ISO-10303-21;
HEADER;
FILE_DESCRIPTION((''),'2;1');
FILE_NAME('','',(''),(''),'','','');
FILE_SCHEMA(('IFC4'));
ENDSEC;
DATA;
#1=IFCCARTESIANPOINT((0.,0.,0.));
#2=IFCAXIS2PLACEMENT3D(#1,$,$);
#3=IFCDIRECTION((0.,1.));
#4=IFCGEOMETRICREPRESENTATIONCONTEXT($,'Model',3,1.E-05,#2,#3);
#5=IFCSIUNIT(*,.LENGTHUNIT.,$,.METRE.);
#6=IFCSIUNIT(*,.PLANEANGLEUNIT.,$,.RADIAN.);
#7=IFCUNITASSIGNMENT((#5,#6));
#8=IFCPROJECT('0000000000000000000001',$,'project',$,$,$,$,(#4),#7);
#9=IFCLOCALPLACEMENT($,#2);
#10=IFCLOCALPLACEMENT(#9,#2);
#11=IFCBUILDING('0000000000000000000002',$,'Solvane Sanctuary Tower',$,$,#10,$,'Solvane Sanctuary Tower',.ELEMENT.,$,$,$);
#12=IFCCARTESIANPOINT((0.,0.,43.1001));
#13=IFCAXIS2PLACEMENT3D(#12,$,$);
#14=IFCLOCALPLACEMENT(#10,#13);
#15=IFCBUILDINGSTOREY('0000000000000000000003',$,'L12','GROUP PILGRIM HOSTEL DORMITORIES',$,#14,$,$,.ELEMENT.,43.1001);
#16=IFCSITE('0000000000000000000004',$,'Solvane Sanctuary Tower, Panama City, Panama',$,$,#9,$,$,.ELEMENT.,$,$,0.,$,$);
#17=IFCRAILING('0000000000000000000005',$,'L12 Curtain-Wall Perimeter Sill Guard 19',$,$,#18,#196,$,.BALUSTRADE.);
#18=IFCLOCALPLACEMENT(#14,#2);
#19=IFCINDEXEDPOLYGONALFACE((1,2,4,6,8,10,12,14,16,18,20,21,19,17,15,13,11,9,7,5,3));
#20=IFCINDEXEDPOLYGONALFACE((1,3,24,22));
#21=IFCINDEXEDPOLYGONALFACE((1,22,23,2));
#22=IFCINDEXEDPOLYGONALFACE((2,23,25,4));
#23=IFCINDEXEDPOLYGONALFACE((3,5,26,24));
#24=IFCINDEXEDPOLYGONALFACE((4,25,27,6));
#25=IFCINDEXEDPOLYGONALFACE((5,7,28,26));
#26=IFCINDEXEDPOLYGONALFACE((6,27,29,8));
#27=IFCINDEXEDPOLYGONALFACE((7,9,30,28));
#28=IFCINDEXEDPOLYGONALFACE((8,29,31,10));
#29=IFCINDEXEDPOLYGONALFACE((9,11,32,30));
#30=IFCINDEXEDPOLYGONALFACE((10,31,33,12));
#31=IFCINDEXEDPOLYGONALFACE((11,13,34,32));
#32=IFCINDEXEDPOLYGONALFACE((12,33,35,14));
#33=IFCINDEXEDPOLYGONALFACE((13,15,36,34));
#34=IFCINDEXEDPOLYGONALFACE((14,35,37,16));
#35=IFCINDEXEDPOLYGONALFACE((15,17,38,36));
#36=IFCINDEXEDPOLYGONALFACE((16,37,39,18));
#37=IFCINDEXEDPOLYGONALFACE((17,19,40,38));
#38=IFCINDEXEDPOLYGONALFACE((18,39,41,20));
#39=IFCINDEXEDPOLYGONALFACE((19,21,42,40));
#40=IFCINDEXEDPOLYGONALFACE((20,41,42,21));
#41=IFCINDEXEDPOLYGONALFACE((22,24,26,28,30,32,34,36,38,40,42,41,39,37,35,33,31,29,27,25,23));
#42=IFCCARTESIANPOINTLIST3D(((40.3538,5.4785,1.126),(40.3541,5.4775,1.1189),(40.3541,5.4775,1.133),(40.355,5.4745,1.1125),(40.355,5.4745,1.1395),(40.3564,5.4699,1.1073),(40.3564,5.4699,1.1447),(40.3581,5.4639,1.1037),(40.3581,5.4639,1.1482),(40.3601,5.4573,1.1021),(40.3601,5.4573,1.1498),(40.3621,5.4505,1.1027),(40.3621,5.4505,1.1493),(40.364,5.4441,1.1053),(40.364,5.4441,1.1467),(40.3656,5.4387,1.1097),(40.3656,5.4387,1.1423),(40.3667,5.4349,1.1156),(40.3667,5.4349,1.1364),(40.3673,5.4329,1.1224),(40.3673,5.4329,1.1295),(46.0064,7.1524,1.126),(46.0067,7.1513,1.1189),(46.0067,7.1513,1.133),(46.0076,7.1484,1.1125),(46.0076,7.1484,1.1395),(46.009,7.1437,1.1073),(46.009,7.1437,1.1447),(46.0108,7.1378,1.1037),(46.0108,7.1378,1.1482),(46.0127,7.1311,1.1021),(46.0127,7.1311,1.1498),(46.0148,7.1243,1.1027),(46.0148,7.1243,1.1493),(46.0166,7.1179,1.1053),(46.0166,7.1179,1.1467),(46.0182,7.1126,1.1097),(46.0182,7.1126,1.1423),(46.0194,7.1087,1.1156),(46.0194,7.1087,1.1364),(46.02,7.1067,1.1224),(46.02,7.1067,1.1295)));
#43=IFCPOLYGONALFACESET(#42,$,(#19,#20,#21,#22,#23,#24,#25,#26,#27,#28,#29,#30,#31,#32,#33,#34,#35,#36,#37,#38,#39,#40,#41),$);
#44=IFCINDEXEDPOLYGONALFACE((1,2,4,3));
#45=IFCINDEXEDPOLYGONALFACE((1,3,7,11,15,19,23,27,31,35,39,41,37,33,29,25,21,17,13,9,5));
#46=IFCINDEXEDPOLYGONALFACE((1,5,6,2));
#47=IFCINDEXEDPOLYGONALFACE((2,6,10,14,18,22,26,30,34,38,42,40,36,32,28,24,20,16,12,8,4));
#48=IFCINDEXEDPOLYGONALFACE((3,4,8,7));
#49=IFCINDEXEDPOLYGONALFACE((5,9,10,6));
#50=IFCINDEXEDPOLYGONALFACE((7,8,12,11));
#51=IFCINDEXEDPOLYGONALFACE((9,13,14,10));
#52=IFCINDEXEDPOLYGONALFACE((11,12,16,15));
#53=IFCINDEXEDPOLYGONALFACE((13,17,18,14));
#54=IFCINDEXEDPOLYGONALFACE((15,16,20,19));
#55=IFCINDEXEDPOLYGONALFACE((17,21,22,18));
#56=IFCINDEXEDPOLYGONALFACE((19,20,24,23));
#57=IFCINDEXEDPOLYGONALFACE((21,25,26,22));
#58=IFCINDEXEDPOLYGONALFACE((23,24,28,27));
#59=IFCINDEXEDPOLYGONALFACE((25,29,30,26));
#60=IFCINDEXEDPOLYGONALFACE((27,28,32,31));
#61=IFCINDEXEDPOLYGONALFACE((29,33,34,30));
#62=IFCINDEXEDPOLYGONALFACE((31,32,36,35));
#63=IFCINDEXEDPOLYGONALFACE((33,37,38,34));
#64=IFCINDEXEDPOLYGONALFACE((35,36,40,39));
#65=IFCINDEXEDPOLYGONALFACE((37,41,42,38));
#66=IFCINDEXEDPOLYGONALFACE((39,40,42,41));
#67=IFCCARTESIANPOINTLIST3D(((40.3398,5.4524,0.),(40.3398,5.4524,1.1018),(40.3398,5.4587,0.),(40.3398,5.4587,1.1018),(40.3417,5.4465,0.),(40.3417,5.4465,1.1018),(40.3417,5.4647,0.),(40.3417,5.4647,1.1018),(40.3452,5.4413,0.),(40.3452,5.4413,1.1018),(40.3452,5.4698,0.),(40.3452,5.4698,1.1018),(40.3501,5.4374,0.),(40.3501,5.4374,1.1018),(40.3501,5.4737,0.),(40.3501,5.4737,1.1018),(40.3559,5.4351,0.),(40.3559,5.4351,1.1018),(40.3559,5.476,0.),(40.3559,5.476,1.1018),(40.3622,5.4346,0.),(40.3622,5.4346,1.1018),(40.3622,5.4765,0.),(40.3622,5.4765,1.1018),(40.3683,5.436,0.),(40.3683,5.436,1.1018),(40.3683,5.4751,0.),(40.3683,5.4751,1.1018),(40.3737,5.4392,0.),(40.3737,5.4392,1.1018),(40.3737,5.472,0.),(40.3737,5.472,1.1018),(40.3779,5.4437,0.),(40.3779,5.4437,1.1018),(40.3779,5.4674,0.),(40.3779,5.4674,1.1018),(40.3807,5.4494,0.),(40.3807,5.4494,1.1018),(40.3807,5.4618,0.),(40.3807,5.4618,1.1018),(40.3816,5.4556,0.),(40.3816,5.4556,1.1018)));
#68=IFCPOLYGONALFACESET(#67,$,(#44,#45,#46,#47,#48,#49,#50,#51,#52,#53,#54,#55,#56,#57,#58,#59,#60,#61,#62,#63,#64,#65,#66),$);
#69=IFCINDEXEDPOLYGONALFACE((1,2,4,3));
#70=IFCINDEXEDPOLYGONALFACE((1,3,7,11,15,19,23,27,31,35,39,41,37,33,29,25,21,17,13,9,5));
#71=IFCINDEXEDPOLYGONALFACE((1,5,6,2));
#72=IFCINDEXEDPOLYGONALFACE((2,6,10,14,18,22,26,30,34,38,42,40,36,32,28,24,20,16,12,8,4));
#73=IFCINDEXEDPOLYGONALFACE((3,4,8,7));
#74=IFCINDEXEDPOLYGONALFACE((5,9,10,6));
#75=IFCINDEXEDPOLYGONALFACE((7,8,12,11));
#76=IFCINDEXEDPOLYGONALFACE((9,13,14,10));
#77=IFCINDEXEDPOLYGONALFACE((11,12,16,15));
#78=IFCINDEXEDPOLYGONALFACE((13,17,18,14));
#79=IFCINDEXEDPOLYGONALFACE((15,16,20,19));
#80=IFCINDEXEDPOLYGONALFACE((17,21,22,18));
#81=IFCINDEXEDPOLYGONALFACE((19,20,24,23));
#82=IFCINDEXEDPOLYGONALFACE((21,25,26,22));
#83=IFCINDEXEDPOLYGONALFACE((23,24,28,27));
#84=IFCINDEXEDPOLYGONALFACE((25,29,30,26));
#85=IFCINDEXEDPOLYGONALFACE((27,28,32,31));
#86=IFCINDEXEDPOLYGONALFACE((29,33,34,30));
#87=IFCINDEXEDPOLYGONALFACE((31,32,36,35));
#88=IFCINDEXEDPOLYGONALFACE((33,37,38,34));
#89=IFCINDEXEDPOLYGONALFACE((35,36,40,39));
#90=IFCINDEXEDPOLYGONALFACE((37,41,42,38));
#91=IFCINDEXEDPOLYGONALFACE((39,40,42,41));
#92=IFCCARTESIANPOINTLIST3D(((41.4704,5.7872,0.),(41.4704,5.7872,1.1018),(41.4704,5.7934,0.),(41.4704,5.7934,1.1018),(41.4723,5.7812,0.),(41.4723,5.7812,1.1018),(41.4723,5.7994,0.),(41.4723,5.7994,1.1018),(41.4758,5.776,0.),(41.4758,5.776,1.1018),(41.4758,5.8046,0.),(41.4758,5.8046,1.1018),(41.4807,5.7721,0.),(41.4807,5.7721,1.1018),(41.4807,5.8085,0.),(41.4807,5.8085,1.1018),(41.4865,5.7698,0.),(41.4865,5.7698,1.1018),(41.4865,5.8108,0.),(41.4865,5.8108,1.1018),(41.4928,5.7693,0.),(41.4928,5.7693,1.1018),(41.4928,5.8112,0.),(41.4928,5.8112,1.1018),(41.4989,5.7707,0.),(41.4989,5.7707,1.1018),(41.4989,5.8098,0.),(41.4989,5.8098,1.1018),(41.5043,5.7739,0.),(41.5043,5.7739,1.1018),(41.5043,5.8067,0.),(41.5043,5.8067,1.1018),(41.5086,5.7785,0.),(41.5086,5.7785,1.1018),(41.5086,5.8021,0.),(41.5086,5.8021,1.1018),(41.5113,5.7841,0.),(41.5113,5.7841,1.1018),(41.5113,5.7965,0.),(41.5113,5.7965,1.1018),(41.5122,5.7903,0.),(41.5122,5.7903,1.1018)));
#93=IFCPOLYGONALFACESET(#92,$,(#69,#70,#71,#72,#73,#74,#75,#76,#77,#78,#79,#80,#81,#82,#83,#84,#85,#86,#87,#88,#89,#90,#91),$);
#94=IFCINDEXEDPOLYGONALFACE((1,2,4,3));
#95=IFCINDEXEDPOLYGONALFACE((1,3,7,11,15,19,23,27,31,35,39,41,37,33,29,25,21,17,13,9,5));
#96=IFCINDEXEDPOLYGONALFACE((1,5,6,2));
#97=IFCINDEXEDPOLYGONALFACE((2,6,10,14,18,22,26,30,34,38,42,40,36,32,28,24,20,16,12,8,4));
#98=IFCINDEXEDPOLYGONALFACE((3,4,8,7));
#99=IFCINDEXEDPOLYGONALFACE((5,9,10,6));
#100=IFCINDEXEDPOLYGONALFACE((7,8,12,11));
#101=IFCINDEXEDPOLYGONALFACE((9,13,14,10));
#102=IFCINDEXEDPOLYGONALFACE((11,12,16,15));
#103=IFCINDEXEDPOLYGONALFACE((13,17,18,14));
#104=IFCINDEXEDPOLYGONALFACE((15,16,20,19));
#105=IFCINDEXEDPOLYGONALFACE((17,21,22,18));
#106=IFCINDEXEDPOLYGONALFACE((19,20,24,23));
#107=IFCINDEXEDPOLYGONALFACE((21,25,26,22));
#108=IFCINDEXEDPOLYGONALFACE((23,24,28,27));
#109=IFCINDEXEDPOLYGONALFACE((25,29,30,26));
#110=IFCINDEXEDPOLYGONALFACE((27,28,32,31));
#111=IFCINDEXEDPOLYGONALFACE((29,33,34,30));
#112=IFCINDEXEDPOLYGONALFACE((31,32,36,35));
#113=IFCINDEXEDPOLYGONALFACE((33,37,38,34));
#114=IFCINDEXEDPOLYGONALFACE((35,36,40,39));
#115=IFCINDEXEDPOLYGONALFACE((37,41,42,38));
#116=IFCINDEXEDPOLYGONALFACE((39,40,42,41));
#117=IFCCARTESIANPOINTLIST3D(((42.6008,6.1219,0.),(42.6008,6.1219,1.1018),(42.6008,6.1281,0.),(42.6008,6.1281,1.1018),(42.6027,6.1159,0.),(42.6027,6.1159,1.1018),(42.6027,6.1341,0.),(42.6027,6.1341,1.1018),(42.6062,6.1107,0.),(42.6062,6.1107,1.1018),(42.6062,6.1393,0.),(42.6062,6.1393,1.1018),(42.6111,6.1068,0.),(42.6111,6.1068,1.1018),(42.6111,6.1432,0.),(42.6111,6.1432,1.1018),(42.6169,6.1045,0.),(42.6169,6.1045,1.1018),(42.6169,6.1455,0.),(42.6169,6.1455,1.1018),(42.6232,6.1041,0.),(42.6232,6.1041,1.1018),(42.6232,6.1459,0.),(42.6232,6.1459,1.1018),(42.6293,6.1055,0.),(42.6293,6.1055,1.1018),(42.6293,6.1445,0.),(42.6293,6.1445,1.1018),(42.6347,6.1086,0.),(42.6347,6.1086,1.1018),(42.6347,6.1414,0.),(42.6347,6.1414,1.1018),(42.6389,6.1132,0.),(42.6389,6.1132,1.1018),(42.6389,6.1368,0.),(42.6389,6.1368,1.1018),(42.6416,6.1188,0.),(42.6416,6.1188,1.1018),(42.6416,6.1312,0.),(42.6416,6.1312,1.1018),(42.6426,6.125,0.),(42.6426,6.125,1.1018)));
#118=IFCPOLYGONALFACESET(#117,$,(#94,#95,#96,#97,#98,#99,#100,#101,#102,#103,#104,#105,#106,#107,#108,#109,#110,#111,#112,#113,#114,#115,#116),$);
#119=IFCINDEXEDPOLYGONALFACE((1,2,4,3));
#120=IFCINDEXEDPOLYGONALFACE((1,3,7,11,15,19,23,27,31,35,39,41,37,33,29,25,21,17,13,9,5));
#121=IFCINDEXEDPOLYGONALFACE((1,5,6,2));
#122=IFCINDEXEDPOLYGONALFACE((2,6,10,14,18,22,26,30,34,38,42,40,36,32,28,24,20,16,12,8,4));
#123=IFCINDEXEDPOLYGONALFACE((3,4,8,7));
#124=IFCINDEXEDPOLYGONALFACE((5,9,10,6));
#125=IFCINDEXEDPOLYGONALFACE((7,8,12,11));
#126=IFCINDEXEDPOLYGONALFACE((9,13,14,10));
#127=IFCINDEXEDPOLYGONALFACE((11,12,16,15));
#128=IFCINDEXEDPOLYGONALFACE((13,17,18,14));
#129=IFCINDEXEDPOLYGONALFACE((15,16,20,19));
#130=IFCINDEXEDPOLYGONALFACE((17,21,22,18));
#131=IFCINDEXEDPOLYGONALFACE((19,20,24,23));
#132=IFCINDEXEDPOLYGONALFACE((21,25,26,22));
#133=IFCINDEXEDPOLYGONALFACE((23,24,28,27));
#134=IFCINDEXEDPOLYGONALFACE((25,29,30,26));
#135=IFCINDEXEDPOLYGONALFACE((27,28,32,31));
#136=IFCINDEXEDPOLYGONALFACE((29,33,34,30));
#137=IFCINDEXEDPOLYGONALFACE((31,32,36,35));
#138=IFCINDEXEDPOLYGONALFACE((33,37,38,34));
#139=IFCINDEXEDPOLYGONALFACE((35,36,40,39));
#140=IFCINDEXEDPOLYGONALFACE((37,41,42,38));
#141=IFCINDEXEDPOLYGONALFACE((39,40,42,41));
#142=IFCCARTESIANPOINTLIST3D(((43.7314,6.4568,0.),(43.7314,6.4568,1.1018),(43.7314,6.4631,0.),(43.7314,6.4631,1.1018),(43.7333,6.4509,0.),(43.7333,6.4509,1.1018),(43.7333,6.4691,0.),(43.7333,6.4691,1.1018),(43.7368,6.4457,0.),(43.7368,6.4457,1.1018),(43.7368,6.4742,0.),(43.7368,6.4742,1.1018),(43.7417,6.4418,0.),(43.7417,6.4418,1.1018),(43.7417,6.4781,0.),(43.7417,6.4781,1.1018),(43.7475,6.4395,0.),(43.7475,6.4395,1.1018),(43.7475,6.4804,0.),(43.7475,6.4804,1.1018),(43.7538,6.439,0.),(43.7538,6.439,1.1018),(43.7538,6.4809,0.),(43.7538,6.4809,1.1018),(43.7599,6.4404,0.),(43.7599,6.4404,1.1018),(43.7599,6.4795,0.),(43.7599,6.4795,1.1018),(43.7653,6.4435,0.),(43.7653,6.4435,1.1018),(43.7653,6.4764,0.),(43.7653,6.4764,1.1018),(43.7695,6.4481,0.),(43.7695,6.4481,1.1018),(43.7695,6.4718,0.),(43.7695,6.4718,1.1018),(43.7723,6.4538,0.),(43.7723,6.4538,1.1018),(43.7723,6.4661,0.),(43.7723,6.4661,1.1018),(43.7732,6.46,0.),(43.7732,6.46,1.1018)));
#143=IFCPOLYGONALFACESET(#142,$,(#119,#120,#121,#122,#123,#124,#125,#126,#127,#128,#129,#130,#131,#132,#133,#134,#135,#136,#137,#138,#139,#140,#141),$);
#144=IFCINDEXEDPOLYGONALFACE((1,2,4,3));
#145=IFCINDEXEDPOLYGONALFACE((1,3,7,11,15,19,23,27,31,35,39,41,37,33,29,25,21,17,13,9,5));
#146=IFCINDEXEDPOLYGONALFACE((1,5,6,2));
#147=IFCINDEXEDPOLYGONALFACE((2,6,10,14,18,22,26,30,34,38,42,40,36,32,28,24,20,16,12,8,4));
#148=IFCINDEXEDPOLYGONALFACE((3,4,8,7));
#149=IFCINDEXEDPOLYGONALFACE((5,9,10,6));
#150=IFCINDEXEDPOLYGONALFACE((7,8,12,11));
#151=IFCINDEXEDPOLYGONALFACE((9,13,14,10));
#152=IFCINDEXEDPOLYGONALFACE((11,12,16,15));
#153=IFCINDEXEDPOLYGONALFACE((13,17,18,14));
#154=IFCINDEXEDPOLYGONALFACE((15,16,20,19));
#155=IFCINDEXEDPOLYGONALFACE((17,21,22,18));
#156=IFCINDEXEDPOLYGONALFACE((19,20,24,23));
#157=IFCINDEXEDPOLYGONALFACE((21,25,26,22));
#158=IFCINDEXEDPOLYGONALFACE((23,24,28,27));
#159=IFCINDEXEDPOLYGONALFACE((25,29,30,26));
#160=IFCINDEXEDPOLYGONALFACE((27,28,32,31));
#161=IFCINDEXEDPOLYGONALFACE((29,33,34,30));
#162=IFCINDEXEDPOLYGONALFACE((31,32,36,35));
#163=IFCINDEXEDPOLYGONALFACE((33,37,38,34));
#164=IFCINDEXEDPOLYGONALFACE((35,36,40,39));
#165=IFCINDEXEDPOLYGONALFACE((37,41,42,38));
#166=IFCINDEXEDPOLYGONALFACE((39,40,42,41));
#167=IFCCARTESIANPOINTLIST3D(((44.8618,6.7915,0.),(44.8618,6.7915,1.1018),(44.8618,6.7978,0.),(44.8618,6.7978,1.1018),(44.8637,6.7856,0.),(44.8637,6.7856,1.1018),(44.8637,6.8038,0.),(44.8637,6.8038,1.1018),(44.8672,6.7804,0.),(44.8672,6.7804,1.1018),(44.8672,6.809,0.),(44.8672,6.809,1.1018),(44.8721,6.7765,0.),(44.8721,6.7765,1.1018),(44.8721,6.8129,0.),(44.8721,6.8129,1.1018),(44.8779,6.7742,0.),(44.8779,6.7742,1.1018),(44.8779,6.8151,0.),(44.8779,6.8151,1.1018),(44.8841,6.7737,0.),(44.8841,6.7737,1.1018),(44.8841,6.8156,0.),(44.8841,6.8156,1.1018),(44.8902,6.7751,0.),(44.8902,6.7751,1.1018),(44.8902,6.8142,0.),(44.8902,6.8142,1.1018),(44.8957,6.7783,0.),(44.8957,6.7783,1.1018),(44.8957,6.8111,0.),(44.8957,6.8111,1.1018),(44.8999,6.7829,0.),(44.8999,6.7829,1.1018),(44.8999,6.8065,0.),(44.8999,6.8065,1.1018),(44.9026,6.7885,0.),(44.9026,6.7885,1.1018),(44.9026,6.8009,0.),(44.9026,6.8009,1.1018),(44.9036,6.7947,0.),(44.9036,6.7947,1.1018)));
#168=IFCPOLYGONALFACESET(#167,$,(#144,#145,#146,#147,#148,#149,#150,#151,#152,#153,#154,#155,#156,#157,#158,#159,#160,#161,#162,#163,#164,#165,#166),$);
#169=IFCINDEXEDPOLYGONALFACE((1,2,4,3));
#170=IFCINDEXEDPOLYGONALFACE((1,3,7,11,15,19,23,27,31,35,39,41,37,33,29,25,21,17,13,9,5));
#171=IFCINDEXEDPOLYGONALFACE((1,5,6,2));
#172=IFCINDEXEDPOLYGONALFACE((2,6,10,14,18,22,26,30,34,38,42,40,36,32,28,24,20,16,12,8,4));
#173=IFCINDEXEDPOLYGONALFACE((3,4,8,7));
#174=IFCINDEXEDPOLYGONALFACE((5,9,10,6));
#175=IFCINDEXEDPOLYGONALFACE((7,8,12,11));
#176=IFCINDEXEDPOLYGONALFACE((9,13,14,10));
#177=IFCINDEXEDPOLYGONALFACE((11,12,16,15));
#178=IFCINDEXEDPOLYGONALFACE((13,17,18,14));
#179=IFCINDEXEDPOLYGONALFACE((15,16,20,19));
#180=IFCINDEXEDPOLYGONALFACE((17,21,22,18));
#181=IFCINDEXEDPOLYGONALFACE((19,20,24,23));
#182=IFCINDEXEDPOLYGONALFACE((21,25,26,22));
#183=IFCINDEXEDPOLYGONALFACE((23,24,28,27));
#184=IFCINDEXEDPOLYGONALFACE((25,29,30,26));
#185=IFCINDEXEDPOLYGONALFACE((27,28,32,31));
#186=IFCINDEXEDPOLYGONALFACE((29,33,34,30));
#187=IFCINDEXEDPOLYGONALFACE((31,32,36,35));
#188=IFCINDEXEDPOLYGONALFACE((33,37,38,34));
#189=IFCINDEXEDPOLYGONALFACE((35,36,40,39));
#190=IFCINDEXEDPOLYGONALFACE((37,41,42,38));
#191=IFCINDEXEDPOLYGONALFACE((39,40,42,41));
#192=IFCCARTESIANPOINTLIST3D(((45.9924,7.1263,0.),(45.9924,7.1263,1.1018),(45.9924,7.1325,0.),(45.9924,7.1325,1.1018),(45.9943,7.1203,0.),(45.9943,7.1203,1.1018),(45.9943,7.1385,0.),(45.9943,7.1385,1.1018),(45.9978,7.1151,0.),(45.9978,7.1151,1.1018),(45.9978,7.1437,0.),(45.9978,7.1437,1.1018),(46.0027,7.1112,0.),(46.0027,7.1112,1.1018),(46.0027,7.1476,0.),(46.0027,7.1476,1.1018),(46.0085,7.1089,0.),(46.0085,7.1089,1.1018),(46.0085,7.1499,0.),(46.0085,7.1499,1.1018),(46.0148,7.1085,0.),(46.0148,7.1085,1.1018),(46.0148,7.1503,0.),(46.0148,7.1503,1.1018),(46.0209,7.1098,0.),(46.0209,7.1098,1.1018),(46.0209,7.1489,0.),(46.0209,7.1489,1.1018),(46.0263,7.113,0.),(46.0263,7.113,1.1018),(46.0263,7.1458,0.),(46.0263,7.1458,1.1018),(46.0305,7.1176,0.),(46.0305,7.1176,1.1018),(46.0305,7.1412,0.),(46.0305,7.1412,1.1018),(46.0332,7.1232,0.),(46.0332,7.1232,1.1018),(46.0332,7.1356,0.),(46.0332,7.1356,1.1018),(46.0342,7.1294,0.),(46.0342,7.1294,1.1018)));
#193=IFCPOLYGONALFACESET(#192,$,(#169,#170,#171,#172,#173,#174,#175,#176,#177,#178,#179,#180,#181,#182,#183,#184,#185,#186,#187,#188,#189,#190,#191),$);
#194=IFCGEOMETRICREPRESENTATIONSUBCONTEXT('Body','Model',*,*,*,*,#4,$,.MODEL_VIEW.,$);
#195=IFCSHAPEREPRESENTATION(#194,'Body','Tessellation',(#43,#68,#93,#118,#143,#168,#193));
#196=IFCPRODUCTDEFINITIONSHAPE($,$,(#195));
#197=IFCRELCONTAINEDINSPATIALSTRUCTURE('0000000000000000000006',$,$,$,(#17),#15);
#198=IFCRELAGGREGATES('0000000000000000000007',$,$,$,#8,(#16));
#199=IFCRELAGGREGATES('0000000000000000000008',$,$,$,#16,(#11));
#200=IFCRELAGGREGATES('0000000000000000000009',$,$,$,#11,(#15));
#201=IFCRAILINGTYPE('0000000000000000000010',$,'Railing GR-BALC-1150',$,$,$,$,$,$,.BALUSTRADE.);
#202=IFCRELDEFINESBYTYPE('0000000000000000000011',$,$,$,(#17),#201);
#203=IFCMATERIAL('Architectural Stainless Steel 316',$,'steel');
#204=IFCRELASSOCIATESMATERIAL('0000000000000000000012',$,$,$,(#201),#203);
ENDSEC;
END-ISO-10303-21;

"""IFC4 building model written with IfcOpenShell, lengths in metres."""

from ifc_helpers import new_model, si_unit, direction, frame, origin, origin_2d, place, context, subcontext, project, spatial, circle, extrude, material, type_object, element, save


model = new_model("IFC4")

# Units and contexts
model_context = context("Model", 3, precision=1e-05, world=origin(), true_north=direction((0.0, 1.0)))
body_context = subcontext(model_context, "Body", "Model", "MODEL_VIEW")
ifc_project = project(units=[si_unit("LENGTHUNIT", "METRE"), si_unit("PLANEANGLEUNIT", "RADIAN")], contexts=[model_context])

# Site, building, storey
site_placement = place(None, origin())
site = spatial("IfcSite", under=ifc_project, at=site_placement, Name="Solvane Sanctuary Tower, Panama City, Panama", CompositionType="ELEMENT", RefElevation=0.0)
building_placement = place(site_placement, origin())
building = spatial("IfcBuilding", under=site, at=building_placement, Name="Solvane Sanctuary Tower", LongName="Solvane Sanctuary Tower", CompositionType="ELEMENT")
storey_placement = place(building_placement, frame((0.0, 0.0, 43.1001)))
storey = spatial("IfcBuildingStorey", under=building, at=storey_placement, Name="L12", Description="GROUP PILGRIM HOSTEL DORMITORIES", CompositionType="ELEMENT", Elevation=43.1001)

# Railing
ifc_material_1 = material(Name="Architectural Stainless Steel 316", Category="steel")
railing_type = type_object("IfcRailingType", Name="Railing GR-BALC-1150", PredefinedType="BALUSTRADE", material=ifc_material_1)
railing_placement = place(storey_placement, frame((40.3606, 5.4556, 0.0)))
element("IfcRailing", 1, at=railing_placement, inside=storey, type_object=railing_type, Name="L12 Curtain-Wall Perimeter Sill Guard 19", PredefinedType="BALUSTRADE", context=body_context, shape_type="SweptSolid", body=[
    extrude(circle(Radius=0.0239, at=origin_2d()), frame((0.0, 0.0, 1.126), z_axis=(0.958845, 0.28393, 0.0), x_axis=(-0.28393, 0.958845, 0.0)), (0.0, 0.0, 1.0), 5.8953),
    extrude(circle(Radius=0.021, at=origin_2d()), origin(), (0.0, 0.0, 1.0), 1.1018),
    extrude(circle(Radius=0.021, at=origin_2d()), frame((1.1306, 0.3347, 0.0)), (0.0, 0.0, 1.0), 1.1018),
    extrude(circle(Radius=0.021, at=origin_2d()), frame((2.261, 0.6694, 0.0)), (0.0, 0.0, 1.0), 1.1018),
    extrude(circle(Radius=0.021, at=origin_2d()), frame((3.3916, 1.0044, 0.0)), (0.0, 0.0, 1.0), 1.1018),
    extrude(circle(Radius=0.021, at=origin_2d()), frame((4.522, 1.3391, 0.0)), (0.0, 0.0, 1.0), 1.1018),
    extrude(circle(Radius=0.021, at=origin_2d()), frame((5.6526, 1.6738, 0.0)), (0.0, 0.0, 1.0), 1.1018),
])

save(model, "model.ifc")
